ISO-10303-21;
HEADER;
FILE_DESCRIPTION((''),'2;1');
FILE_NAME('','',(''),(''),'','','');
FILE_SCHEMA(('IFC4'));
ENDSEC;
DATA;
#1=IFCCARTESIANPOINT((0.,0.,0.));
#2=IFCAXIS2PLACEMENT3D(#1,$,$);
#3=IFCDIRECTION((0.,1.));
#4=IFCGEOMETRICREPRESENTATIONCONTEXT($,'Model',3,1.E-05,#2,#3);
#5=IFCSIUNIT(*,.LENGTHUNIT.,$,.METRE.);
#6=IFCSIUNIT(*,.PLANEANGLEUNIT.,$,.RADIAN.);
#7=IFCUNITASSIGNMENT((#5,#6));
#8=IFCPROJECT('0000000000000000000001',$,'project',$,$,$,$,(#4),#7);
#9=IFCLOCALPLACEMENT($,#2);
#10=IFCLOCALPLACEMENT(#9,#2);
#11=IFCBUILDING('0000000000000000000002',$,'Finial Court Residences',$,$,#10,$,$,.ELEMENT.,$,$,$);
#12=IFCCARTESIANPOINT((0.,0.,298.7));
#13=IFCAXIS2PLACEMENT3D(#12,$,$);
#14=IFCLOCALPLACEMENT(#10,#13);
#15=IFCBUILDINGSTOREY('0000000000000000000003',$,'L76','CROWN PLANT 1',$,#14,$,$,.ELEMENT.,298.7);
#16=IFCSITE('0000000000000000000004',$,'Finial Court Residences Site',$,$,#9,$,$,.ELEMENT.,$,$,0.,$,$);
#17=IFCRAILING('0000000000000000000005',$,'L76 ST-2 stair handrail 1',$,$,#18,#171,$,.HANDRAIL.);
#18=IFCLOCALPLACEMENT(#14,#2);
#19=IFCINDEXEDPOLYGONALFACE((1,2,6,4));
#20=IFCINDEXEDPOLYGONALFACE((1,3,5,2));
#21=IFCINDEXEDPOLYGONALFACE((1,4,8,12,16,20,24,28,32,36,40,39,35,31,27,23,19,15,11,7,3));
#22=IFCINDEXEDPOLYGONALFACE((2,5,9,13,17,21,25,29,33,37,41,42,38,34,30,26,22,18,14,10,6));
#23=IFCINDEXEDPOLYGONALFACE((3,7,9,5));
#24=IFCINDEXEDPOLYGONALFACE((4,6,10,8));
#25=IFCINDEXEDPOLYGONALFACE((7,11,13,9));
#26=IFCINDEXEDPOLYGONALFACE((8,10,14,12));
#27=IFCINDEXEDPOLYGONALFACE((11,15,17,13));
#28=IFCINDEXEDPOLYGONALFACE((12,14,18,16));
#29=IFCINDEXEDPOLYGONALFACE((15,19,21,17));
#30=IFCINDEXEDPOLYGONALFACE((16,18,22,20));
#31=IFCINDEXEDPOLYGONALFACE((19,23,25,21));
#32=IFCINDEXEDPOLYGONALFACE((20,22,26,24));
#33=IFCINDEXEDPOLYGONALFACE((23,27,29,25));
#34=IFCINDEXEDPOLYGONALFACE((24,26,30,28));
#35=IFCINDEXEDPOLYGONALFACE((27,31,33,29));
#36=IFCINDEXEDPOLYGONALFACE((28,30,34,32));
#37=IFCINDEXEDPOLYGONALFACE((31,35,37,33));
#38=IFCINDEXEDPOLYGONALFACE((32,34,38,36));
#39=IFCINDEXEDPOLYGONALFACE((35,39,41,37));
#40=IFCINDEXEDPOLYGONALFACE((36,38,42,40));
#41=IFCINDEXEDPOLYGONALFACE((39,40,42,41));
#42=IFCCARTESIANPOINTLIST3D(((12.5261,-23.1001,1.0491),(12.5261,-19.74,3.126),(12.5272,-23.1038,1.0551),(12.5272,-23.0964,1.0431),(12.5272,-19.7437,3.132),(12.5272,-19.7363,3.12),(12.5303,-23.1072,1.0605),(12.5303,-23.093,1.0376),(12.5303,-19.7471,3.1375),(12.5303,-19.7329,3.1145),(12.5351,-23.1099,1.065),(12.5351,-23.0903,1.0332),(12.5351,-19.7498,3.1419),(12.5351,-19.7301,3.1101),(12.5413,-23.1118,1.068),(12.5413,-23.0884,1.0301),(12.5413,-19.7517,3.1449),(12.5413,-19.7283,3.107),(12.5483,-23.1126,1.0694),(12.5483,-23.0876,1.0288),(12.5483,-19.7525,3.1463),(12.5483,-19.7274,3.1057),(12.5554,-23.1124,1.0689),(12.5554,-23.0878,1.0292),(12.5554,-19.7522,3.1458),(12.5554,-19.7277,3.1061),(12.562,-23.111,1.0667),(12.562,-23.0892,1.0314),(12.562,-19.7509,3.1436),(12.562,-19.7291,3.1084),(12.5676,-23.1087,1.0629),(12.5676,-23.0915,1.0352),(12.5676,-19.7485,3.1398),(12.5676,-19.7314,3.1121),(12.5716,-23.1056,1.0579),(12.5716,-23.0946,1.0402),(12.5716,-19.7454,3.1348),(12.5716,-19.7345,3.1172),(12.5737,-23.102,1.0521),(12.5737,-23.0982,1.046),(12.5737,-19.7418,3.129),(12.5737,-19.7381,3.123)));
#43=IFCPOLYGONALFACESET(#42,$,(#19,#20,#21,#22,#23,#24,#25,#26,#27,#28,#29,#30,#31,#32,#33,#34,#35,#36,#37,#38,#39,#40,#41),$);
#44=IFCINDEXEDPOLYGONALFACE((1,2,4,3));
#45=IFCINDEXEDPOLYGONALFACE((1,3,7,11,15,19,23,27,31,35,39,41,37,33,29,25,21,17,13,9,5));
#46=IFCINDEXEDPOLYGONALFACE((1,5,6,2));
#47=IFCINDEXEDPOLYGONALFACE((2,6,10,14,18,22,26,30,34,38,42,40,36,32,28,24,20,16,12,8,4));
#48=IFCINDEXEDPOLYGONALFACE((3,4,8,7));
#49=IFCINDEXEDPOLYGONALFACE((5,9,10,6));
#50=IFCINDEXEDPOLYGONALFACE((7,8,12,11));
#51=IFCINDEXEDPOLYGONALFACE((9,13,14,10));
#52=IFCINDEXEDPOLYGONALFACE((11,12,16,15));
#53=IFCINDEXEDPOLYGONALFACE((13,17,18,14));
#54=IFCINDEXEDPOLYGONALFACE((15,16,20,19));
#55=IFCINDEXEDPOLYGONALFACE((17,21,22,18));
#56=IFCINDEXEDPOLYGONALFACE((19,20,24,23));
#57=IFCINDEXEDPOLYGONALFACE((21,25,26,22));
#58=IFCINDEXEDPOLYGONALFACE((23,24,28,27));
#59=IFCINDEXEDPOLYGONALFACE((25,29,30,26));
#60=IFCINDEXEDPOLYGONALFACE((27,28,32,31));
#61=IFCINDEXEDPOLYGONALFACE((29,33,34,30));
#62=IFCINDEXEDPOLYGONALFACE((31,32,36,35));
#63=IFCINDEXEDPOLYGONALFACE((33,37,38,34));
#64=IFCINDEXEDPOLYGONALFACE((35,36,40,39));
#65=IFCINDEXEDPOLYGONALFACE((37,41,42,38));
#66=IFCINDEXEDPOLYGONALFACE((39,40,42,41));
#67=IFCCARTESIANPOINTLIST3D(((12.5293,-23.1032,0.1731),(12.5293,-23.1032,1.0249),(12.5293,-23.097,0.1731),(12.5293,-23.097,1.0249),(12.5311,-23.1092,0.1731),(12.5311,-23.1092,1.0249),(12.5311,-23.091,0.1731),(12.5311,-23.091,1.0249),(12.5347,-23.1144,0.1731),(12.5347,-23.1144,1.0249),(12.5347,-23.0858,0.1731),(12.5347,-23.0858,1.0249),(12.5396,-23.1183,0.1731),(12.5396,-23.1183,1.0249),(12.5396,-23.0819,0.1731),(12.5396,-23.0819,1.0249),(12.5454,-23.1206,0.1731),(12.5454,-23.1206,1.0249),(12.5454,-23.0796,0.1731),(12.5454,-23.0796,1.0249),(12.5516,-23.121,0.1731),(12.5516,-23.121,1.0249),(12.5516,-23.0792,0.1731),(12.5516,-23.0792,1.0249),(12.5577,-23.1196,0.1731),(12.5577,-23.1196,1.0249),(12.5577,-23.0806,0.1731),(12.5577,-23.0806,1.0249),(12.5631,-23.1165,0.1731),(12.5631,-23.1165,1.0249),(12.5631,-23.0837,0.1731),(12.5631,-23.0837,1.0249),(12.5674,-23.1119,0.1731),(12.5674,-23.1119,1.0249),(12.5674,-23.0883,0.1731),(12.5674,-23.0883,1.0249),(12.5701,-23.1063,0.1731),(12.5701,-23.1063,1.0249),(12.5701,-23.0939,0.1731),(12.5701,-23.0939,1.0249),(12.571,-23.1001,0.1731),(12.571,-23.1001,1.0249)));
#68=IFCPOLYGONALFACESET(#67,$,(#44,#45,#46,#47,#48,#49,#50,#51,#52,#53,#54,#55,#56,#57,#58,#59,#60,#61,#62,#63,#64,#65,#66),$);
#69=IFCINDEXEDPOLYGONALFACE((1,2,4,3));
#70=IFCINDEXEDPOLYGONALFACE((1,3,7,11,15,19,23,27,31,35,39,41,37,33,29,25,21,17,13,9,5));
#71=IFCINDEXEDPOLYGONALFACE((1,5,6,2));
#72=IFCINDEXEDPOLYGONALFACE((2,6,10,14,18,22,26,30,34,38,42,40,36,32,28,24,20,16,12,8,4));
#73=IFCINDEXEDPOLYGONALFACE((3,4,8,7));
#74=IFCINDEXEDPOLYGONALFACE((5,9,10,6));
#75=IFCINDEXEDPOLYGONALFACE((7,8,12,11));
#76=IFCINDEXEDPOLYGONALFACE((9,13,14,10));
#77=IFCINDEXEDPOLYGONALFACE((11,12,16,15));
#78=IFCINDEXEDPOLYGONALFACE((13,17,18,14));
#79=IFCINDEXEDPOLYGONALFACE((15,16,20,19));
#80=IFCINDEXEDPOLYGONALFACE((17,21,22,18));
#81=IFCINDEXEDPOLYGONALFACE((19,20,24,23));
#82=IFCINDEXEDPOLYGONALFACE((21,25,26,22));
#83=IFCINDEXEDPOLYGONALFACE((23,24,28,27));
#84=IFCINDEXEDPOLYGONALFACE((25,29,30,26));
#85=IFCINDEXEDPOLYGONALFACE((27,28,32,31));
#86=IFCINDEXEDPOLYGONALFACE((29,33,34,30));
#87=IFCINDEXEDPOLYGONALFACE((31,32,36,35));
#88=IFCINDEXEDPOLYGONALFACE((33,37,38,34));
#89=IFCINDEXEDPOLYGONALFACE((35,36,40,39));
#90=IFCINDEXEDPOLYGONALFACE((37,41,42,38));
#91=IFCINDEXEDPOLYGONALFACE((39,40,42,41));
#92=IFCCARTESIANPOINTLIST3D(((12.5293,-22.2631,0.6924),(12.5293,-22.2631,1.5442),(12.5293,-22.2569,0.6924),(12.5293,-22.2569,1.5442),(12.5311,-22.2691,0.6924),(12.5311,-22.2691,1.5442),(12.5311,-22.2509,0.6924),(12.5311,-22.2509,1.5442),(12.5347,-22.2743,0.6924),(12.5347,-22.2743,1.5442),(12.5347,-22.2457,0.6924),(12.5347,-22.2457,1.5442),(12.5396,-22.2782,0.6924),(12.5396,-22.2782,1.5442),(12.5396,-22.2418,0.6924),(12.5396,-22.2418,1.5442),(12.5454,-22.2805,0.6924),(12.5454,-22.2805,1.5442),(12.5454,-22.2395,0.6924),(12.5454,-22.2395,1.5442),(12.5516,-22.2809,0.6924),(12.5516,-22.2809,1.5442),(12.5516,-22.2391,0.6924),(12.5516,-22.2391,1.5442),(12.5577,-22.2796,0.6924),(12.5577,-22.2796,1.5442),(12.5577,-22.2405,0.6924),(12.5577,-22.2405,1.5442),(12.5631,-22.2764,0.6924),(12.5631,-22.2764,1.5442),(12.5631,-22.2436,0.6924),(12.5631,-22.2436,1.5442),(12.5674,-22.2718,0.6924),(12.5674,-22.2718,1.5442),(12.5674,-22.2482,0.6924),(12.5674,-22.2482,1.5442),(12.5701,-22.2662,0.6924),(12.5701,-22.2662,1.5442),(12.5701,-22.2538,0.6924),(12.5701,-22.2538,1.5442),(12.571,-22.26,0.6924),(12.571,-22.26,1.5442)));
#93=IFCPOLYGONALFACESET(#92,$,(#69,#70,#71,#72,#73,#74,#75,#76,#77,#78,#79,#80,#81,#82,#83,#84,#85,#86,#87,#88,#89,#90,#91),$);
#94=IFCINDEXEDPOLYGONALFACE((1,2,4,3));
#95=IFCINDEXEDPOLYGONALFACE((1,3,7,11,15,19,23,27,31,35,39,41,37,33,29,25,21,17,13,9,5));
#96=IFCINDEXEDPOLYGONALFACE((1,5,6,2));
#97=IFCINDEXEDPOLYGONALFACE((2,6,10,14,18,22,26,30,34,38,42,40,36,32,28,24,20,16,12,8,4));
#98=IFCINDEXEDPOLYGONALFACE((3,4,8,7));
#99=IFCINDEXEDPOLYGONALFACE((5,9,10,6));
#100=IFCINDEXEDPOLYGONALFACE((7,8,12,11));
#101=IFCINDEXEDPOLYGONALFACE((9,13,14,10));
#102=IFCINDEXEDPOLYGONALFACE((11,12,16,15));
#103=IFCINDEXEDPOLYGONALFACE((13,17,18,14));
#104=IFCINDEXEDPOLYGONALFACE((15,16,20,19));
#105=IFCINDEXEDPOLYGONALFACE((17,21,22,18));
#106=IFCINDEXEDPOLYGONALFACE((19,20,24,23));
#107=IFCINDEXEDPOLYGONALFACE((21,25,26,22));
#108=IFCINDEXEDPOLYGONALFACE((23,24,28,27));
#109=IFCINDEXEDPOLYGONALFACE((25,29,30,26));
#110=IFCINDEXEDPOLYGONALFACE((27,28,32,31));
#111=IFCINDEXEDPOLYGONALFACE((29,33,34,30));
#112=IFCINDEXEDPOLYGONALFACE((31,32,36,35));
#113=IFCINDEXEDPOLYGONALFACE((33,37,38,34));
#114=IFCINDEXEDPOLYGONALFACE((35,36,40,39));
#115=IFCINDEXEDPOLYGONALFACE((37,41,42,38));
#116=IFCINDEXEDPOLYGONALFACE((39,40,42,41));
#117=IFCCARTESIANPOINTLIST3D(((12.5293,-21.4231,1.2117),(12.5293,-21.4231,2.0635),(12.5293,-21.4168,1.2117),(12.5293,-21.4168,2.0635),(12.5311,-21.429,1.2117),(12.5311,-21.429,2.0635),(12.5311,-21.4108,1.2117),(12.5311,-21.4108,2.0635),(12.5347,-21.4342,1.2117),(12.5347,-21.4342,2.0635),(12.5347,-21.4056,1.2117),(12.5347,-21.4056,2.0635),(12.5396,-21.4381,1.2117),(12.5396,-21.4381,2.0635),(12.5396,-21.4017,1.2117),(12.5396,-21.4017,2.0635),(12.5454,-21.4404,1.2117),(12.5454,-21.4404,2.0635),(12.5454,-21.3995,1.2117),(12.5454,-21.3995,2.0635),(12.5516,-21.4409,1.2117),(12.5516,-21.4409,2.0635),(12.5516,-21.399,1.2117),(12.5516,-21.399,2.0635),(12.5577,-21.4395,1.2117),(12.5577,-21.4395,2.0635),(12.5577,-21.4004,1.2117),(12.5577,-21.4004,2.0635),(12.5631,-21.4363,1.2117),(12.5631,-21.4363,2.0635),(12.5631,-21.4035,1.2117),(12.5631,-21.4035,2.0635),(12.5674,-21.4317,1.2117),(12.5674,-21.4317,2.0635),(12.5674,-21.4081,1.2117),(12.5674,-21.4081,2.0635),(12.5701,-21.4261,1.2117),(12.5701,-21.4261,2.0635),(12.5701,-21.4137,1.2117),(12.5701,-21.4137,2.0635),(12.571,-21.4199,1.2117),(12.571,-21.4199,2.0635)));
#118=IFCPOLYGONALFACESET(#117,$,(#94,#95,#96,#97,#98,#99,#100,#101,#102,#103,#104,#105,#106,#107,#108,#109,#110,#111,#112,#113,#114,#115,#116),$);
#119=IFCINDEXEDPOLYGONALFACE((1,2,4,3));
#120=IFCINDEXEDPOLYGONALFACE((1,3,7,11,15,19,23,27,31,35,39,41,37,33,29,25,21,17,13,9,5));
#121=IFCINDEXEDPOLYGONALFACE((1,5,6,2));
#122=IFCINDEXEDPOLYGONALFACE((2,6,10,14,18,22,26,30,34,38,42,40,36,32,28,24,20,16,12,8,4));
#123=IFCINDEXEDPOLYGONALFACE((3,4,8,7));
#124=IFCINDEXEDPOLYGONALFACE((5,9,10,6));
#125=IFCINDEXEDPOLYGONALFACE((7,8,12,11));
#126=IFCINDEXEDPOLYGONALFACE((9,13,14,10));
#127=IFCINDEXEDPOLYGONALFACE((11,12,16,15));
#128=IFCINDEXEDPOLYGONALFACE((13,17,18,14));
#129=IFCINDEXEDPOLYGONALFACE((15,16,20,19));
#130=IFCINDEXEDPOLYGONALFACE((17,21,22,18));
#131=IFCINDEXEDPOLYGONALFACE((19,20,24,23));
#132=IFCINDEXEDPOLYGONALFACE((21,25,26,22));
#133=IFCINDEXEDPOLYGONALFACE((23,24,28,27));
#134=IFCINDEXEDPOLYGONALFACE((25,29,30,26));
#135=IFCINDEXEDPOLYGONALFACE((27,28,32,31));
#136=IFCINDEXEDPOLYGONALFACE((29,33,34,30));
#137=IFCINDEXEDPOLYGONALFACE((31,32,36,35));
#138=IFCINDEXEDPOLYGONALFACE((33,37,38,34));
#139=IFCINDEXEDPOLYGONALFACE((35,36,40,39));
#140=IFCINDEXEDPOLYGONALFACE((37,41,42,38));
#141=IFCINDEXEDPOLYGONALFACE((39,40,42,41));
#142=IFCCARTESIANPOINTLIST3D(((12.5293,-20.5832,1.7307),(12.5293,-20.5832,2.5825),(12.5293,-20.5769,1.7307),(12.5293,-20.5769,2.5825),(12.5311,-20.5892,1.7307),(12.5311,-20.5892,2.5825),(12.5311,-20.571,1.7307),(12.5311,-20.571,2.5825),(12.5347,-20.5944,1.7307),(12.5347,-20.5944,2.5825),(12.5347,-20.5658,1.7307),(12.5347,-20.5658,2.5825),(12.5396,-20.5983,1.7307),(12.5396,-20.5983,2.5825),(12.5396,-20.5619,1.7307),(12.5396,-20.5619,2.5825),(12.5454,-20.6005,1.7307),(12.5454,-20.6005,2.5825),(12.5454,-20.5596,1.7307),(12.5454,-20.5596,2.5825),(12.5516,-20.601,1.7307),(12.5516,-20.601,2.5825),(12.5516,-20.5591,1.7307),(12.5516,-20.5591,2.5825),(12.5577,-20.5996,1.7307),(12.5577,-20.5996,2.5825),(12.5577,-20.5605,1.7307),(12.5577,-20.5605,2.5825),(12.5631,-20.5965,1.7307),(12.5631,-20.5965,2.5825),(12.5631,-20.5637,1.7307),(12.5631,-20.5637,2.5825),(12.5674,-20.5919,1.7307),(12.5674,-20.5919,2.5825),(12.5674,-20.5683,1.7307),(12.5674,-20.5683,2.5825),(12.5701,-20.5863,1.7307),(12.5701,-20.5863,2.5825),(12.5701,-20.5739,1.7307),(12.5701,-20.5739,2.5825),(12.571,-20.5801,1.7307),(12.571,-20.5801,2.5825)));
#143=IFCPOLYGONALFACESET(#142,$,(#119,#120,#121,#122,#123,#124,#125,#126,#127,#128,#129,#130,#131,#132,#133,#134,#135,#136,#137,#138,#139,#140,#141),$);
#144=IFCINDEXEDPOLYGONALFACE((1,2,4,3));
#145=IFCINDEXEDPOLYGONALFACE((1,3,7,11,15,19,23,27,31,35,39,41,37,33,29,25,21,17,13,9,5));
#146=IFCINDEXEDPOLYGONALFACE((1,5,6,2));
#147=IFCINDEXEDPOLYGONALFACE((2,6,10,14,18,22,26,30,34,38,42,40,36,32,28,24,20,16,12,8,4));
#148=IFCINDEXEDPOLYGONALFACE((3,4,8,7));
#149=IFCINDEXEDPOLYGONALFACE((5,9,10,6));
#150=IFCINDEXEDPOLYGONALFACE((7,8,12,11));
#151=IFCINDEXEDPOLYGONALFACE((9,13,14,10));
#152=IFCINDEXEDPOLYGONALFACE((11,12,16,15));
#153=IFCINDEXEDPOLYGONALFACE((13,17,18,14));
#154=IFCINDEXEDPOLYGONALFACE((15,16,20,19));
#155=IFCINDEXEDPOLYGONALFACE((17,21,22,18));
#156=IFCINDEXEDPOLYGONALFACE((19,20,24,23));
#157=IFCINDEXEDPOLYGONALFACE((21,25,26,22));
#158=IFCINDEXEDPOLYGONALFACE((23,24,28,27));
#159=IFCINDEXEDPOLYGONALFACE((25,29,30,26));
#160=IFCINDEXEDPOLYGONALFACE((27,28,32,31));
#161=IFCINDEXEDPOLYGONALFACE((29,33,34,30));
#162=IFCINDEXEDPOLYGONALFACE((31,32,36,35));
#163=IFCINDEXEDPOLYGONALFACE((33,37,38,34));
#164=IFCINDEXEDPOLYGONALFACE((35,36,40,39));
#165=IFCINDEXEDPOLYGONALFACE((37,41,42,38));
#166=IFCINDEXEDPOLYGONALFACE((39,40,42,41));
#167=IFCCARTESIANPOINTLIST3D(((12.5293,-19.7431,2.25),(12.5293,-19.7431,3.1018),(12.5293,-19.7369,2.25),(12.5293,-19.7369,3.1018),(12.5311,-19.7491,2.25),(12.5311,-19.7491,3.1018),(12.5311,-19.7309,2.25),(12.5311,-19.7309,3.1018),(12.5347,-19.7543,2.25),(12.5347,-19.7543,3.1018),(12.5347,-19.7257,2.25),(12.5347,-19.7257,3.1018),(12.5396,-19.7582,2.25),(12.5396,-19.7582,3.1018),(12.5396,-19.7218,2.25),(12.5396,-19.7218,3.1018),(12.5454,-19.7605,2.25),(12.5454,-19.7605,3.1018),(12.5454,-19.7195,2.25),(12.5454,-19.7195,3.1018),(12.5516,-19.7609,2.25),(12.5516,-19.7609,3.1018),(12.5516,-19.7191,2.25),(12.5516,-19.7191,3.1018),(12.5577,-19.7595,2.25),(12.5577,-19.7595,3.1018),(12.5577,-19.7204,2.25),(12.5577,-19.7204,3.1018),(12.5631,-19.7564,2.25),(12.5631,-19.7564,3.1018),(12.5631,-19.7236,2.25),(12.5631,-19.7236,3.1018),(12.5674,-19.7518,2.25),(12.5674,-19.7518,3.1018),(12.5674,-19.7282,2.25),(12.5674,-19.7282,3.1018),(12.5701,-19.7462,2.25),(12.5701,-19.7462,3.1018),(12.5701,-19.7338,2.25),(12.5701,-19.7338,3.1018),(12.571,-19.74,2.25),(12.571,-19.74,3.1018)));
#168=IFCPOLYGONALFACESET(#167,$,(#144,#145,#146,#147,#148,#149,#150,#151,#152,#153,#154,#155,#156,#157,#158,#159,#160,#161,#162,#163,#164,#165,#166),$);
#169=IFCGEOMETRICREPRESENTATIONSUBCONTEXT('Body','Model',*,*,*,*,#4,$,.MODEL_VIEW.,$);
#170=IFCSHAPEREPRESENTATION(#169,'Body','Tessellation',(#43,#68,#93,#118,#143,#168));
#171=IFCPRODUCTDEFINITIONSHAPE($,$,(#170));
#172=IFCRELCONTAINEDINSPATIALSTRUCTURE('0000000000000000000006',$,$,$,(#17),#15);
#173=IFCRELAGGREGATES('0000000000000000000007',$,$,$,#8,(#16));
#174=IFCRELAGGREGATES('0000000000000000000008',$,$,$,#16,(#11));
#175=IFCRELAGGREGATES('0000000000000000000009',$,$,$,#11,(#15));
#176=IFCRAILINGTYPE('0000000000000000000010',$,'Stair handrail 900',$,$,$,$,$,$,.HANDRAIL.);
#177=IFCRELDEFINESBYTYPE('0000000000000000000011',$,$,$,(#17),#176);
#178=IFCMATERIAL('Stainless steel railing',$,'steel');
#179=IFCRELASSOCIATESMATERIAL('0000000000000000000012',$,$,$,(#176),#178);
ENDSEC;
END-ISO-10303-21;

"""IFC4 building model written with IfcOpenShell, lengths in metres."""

from ifc_helpers import new_model, si_unit, direction, frame, origin, origin_2d, place, context, subcontext, project, spatial, circle, extrude, material, type_object, element, save


model = new_model("IFC4")

# Units and contexts
model_context = context("Model", 3, precision=1e-05, world=origin(), true_north=direction((0.0, 1.0)))
body_context = subcontext(model_context, "Body", "Model", "MODEL_VIEW")
ifc_project = project(units=[si_unit("LENGTHUNIT", "METRE"), si_unit("PLANEANGLEUNIT", "RADIAN")], contexts=[model_context])

# Site, building, storey
site_placement = place(None, origin())
site = spatial("IfcSite", under=ifc_project, at=site_placement, Name="Finial Court Residences Site", CompositionType="ELEMENT", RefElevation=0.0)
building_placement = place(site_placement, origin())
building = spatial("IfcBuilding", under=site, at=building_placement, Name="Finial Court Residences", CompositionType="ELEMENT")
storey_placement = place(building_placement, frame((0.0, 0.0, 298.7)))
storey = spatial("IfcBuildingStorey", under=building, at=storey_placement, Name="L76", Description="CROWN PLANT 1", CompositionType="ELEMENT", Elevation=298.7)

# Railing
ifc_material_1 = material(Name="Stainless steel railing", Category="steel")
railing_type_1 = type_object("IfcRailingType", Name="Stair handrail 900", PredefinedType="HANDRAIL", material=ifc_material_1)
railing_1_placement = place(storey_placement, frame((12.55, -23.1001, 0.1731)))
element("IfcRailing", 1, at=railing_1_placement, inside=storey, type_object=railing_type_1, Name="L76 ST-2 stair handrail 1", PredefinedType="HANDRAIL", context=body_context, shape_type="SweptSolid", body=[
    extrude(circle(Radius=0.0239, at=origin_2d()), frame((0.0, 0.0, 0.876), z_axis=(0.0, 0.850623, 0.525776), x_axis=(-1.0, 0.0, 0.0)), (0.0, 0.0, 1.0), 3.9502),
    extrude(circle(Radius=0.021, at=origin_2d()), origin(), (0.0, 0.0, 1.0), 0.8518),
    extrude(circle(Radius=0.021, at=origin_2d()), frame((0.0, 0.8401, 0.5193)), (0.0, 0.0, 1.0), 0.8518),
    extrude(circle(Radius=0.021, at=origin_2d()), frame((0.0, 1.6802, 1.0386)), (0.0, 0.0, 1.0), 0.8518),
    extrude(circle(Radius=0.021, at=origin_2d()), frame((0.0, 2.52, 1.5576)), (0.0, 0.0, 1.0), 0.8518),
    extrude(circle(Radius=0.021, at=origin_2d()), frame((0.0, 3.3601, 2.0769)), (0.0, 0.0, 1.0), 0.8518),
])

save(model, "model.ifc")
